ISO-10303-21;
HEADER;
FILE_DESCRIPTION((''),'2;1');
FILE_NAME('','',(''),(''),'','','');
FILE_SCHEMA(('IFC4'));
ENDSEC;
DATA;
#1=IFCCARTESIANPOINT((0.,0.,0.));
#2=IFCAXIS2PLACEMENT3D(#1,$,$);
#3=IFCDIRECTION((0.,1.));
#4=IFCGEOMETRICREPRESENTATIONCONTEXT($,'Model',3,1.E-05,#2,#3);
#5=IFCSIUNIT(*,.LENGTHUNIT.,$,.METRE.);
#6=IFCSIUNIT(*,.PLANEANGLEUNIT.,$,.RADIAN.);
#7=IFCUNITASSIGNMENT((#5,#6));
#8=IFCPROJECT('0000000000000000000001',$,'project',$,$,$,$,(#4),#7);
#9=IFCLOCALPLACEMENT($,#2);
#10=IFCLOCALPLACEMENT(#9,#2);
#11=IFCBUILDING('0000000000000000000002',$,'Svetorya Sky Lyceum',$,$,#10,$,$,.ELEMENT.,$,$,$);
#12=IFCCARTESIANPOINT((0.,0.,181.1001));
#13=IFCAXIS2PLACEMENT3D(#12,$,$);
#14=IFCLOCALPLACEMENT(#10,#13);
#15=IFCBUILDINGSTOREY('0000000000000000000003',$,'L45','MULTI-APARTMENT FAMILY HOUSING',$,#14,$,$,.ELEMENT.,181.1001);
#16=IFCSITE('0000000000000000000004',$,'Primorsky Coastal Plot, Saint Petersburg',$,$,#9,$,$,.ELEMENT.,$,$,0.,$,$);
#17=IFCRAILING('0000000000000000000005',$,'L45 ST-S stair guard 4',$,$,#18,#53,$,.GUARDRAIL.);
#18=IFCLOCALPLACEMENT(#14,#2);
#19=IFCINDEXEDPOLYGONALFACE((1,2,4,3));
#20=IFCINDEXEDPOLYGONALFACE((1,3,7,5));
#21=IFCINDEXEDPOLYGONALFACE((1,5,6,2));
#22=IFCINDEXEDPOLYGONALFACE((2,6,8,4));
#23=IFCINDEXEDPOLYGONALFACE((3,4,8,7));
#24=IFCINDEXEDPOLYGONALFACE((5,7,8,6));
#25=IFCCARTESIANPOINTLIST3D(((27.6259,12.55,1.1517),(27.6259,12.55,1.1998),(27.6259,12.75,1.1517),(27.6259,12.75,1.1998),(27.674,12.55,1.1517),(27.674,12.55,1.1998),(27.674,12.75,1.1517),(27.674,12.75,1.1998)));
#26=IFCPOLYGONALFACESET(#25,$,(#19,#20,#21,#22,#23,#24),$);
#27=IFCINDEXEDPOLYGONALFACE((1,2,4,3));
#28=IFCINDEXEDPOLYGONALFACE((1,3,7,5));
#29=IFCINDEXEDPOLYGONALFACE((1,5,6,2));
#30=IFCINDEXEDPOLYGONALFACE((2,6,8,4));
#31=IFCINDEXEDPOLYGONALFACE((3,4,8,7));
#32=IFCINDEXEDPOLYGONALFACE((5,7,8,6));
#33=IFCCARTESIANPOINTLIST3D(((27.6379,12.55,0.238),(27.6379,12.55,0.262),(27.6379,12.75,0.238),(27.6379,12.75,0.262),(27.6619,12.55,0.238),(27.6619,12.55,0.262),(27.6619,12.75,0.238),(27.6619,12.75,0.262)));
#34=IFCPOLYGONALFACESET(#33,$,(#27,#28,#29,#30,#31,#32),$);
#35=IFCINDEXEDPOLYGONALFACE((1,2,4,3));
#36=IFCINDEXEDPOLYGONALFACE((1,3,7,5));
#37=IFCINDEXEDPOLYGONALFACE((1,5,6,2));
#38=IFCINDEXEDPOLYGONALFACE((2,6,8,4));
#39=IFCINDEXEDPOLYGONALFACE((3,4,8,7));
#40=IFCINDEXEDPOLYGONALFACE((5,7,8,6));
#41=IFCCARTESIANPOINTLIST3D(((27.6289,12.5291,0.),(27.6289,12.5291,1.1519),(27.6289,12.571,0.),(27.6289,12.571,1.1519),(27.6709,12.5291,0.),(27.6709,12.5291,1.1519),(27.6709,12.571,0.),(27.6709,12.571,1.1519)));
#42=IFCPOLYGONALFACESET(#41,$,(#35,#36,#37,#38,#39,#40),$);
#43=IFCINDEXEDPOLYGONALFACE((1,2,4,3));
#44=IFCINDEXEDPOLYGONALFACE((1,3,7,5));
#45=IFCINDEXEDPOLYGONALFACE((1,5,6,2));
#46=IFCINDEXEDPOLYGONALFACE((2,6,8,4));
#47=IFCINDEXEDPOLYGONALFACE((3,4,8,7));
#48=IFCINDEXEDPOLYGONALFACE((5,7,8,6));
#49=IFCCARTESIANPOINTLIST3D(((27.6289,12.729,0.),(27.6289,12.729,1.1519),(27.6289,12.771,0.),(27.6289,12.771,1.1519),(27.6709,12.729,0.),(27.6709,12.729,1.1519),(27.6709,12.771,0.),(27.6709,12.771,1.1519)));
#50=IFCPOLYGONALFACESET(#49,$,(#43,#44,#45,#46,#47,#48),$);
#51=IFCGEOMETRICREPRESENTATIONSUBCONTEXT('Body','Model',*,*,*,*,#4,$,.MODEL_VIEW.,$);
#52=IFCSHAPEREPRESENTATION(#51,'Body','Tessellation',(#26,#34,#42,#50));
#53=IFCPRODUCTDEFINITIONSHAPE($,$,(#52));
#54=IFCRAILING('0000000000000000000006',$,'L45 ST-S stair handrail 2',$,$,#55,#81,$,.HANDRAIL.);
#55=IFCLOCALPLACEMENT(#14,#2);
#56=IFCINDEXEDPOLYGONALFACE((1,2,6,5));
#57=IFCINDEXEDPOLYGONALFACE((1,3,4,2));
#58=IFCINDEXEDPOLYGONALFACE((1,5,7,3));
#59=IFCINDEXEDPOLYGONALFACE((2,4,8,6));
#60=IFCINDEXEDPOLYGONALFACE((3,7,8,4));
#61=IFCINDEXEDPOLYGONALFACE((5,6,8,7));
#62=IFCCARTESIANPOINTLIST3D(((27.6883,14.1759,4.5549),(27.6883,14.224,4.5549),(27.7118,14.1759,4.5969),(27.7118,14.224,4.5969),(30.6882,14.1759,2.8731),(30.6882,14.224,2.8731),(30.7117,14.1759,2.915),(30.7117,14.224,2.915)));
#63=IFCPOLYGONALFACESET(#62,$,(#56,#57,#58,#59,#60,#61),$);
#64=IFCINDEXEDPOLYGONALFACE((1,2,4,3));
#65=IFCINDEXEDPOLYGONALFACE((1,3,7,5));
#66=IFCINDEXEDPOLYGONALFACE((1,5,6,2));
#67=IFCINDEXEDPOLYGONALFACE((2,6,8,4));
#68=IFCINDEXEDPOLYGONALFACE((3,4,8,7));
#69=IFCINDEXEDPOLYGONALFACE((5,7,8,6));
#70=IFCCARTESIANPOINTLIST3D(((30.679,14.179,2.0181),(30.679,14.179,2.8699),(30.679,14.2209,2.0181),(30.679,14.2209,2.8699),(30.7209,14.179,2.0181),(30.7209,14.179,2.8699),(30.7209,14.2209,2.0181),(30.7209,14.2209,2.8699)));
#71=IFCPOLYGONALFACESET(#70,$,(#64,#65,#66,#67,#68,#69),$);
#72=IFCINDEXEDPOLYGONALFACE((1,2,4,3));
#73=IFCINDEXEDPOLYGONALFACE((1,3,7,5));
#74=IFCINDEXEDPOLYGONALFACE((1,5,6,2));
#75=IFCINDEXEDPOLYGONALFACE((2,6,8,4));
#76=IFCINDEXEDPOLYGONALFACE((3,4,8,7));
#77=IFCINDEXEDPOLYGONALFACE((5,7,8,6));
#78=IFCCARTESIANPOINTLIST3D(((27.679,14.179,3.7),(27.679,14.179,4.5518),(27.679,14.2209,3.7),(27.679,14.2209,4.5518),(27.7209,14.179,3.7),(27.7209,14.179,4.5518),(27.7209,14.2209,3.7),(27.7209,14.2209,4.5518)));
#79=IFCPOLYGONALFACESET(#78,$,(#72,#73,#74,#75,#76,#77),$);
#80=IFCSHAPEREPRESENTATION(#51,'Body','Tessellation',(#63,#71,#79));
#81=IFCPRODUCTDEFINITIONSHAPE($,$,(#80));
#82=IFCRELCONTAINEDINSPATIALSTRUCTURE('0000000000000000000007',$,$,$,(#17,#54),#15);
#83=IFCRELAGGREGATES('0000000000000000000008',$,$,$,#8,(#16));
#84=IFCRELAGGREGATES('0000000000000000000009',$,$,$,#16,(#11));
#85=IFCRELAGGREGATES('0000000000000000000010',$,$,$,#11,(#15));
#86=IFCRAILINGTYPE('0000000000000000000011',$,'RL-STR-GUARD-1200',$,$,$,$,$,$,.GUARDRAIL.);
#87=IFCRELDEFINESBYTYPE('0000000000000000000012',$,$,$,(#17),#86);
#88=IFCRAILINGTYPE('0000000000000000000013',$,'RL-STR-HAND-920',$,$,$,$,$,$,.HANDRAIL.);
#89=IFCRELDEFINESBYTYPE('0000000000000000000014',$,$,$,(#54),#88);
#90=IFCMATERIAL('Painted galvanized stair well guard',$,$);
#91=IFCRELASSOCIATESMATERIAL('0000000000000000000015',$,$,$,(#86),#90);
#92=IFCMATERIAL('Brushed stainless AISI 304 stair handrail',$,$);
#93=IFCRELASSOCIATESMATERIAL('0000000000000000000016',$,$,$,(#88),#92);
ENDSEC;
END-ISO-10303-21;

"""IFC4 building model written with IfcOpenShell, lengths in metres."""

from ifc_helpers import new_model, si_unit, direction, frame, origin, origin_2d, place, context, subcontext, project, spatial, rectangle, extrude, material, type_object, element, save


model = new_model("IFC4")

# Units and contexts
model_context = context("Model", 3, precision=1e-05, world=origin(), true_north=direction((0.0, 1.0)))
body_context = subcontext(model_context, "Body", "Model", "MODEL_VIEW")
ifc_project = project(units=[si_unit("LENGTHUNIT", "METRE"), si_unit("PLANEANGLEUNIT", "RADIAN")], contexts=[model_context])

# Site, building, storey
site_placement = place(None, origin())
site = spatial("IfcSite", under=ifc_project, at=site_placement, Name="Primorsky Coastal Plot, Saint Petersburg", CompositionType="ELEMENT", RefElevation=0.0)
building_placement = place(site_placement, origin())
building = spatial("IfcBuilding", under=site, at=building_placement, Name="Svetorya Sky Lyceum", CompositionType="ELEMENT")
storey_placement = place(building_placement, frame((0.0, 0.0, 181.1001)))
storey = spatial("IfcBuildingStorey", under=building, at=storey_placement, Name="L45", Description="MULTI-APARTMENT FAMILY HOUSING", CompositionType="ELEMENT", Elevation=181.1001)

# Railings
ifc_material_1 = material(Name="Painted galvanized stair well guard")
railing_type_1 = type_object("IfcRailingType", Name="RL-STR-GUARD-1200", PredefinedType="GUARDRAIL", material=ifc_material_1)
railing_1_placement = place(storey_placement, frame((27.6499, 12.55, 0.0)))
element("IfcRailing", 1, at=railing_1_placement, inside=storey, type_object=railing_type_1, Name="L45 ST-S stair guard 4", PredefinedType="GUARDRAIL", context=body_context, shape_type="SweptSolid", body=[
    extrude(rectangle(XDim=0.0481, YDim=0.0481, at=origin_2d()), frame((0.0, 0.0, 1.1758), z_axis=(0.0, 1.0, 0.0), x_axis=(-1.0, 0.0, 0.0)), (0.0, 0.0, 1.0), 0.2),
    extrude(rectangle(XDim=0.0239, YDim=0.0239, at=origin_2d()), frame((0.0, 0.0, 0.25), z_axis=(0.0, 1.0, 0.0), x_axis=(-1.0, 0.0, 0.0)), (0.0, 0.0, 1.0), 0.2),
    extrude(rectangle(XDim=0.042, YDim=0.042, at=origin_2d()), origin(), (0.0, 0.0, 1.0), 1.1519),
    extrude(rectangle(XDim=0.042, YDim=0.042, at=origin_2d()), frame((0.0, 0.2, 0.0)), (0.0, 0.0, 1.0), 1.1519),
])
ifc_material_2 = material(Name="Brushed stainless AISI 304 stair handrail")
railing_type_2 = type_object("IfcRailingType", Name="RL-STR-HAND-920", PredefinedType="HANDRAIL", material=ifc_material_2)
railing_2_placement = place(storey_placement, frame((30.7, 14.2, 2.0181)))
element("IfcRailing", 2, at=railing_2_placement, inside=storey, type_object=railing_type_2, Name="L45 ST-S stair handrail 2", PredefinedType="HANDRAIL", context=body_context, shape_type="SweptSolid", body=[
    extrude(rectangle(XDim=0.0481, YDim=0.0481, at=origin_2d()), frame((0.0, 0.0, 0.876), z_axis=(-0.872272, 0.0, 0.48902), x_axis=(0.0, -1.0, 0.0)), (0.0, 0.0, 1.0), 3.4392),
    extrude(rectangle(XDim=0.042, YDim=0.042, at=origin_2d()), origin(), (0.0, 0.0, 1.0), 0.8518),
    extrude(rectangle(XDim=0.042, YDim=0.042, at=origin_2d()), frame((-3.0, 0.0, 1.6819)), (0.0, 0.0, 1.0), 0.8518),
])

save(model, "model.ifc")
